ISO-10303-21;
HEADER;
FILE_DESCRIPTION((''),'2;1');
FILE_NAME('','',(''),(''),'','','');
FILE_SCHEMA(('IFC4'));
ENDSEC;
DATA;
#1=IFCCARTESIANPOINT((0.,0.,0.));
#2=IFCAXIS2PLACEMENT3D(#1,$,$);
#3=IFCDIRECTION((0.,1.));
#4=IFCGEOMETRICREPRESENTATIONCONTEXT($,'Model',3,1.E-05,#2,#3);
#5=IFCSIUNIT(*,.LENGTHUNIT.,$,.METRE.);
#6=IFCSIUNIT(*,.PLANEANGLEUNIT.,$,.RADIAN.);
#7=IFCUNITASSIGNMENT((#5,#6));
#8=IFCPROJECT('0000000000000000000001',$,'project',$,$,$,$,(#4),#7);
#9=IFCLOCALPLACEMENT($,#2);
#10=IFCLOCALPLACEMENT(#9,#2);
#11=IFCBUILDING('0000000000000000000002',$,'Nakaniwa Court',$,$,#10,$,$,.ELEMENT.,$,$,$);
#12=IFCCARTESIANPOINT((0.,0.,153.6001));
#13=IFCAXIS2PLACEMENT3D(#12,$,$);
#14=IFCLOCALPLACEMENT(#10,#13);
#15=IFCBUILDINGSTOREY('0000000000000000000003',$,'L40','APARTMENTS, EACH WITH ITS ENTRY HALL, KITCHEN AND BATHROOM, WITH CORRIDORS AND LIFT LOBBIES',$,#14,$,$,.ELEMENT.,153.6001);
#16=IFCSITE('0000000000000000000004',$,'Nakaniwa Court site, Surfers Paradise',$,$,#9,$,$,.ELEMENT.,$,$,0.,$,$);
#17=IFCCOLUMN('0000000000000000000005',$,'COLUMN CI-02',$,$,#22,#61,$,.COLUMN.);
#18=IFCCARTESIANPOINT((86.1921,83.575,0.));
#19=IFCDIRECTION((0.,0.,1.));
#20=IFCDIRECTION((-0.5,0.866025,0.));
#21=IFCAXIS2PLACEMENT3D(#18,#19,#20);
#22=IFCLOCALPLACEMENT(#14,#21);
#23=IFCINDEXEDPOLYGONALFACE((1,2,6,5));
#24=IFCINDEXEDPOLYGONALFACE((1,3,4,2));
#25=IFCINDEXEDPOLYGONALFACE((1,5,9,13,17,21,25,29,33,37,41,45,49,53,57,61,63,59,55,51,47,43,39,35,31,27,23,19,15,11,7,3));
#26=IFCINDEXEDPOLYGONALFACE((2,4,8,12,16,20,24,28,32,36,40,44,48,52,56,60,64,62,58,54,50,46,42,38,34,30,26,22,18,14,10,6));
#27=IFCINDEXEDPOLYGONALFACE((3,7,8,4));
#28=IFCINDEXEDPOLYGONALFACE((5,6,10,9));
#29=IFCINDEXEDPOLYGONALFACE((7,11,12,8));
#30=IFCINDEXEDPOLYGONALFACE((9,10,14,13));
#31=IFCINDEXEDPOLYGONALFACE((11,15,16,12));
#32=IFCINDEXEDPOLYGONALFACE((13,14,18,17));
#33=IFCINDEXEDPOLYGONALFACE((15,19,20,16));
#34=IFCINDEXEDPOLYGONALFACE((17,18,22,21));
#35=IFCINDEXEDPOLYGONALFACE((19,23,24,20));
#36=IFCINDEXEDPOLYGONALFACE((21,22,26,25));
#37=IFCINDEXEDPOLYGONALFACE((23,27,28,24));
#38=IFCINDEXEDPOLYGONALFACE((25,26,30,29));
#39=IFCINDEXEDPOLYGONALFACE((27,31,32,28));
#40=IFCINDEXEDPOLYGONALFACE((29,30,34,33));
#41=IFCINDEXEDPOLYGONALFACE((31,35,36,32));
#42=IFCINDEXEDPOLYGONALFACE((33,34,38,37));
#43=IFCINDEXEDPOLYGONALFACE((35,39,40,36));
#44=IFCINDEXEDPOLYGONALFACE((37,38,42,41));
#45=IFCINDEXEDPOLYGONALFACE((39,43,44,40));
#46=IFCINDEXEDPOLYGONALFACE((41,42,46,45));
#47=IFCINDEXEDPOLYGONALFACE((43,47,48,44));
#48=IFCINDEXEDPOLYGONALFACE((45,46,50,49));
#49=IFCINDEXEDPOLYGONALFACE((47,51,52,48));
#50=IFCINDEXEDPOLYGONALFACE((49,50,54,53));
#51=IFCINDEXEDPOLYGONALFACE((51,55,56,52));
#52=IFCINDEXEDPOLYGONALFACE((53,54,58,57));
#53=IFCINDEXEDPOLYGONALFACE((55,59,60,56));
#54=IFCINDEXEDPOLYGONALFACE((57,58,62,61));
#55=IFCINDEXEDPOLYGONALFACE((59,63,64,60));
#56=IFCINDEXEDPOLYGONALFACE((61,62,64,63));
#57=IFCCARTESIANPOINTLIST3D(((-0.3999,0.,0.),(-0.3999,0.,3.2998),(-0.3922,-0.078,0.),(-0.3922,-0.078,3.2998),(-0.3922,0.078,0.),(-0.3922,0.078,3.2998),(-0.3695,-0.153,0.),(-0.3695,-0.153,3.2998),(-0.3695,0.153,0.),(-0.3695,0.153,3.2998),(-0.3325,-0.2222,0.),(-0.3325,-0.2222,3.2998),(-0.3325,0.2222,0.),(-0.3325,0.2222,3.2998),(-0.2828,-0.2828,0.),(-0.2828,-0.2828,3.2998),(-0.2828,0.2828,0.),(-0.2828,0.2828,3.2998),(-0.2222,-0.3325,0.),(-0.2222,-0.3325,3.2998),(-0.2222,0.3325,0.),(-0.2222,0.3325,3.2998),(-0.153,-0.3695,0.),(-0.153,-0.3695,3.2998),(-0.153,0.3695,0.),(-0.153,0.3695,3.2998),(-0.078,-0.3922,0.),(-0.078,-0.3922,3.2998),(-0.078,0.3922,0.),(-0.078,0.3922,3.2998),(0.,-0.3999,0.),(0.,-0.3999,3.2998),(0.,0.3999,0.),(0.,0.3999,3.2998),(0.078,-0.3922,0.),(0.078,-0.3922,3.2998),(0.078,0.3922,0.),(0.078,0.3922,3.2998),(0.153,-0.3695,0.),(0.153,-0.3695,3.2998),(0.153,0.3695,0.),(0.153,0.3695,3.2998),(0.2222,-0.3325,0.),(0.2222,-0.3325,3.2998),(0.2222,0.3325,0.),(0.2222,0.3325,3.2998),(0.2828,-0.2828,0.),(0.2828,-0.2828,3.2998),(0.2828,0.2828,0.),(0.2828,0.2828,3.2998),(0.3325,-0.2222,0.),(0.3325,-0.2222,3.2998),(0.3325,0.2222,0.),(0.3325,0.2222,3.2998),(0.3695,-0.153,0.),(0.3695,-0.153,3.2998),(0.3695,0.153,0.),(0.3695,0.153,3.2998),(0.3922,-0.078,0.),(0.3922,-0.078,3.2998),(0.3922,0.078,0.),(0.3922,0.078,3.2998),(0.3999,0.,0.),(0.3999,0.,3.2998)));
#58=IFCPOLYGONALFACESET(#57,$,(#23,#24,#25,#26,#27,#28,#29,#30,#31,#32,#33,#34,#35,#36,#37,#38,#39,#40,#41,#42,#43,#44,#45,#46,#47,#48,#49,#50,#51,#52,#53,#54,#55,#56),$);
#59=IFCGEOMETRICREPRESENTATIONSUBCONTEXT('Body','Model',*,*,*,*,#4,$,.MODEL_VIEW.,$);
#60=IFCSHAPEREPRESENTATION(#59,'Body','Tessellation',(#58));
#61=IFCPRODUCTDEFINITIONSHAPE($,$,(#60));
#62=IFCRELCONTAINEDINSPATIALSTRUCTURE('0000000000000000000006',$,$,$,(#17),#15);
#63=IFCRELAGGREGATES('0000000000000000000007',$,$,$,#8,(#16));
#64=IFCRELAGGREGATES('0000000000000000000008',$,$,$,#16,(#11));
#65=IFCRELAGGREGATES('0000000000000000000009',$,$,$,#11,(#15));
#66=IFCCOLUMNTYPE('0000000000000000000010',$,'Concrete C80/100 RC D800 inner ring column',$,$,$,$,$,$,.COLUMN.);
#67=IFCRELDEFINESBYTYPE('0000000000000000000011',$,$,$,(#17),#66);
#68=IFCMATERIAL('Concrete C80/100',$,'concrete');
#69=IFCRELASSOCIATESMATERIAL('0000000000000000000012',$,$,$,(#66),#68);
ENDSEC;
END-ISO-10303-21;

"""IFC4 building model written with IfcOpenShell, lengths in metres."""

from ifc_helpers import new_model, si_unit, direction, frame, origin, origin_2d, place, context, subcontext, project, spatial, circle, extrude, material, material_profile, profile_set, type_object, element, save


model = new_model("IFC4")

# Units and contexts
model_context = context("Model", 3, precision=1e-05, world=origin(), true_north=direction((0.0, 1.0)))
body_context = subcontext(model_context, "Body", "Model", "MODEL_VIEW")
ifc_project = project(units=[si_unit("LENGTHUNIT", "METRE"), si_unit("PLANEANGLEUNIT", "RADIAN")], contexts=[model_context])

# Site, building, storey
site_placement = place(None, origin())
site = spatial("IfcSite", under=ifc_project, at=site_placement, Name="Nakaniwa Court site, Surfers Paradise", CompositionType="ELEMENT", RefElevation=0.0)
building_placement = place(site_placement, origin())
building = spatial("IfcBuilding", under=site, at=building_placement, Name="Nakaniwa Court", CompositionType="ELEMENT")
storey_placement = place(building_placement, frame((0.0, 0.0, 153.6001)))
storey = spatial("IfcBuildingStorey", under=building, at=storey_placement, Name="L40", Description="APARTMENTS, EACH WITH ITS ENTRY HALL, KITCHEN AND BATHROOM, WITH CORRIDORS AND LIFT LOBBIES", CompositionType="ELEMENT", Elevation=153.6001)

# Column
ifc_material_1 = material(Name="Concrete C80/100", Category="concrete")
ifc_material_profile_1 = material_profile(ifc_material_1, circle(Radius=0.3999, at=origin_2d()), Name="Concrete C80/100 RC D800 inner ring column")
ifc_profile_set_1 = profile_set([ifc_material_profile_1], Name="Concrete C80/100")
column_type = type_object("IfcColumnType", Name="Concrete C80/100 RC D800 inner ring column", PredefinedType="COLUMN", material=ifc_profile_set_1)
column_placement = place(storey_placement, frame((86.1921, 83.575, 0.0), z_axis=(0.0, 0.0, 1.0), x_axis=(-0.5, 0.866025, 0.0)))
element("IfcColumn", 1, at=column_placement, inside=storey, type_object=column_type, Name="COLUMN CI-02", PredefinedType="COLUMN", context=body_context, shape_type="SweptSolid", body=[
    extrude(circle(Radius=0.3999, at=origin_2d()), origin(), (0.0, 0.0, 1.0), 3.2998),
])

save(model, "model.ifc")
